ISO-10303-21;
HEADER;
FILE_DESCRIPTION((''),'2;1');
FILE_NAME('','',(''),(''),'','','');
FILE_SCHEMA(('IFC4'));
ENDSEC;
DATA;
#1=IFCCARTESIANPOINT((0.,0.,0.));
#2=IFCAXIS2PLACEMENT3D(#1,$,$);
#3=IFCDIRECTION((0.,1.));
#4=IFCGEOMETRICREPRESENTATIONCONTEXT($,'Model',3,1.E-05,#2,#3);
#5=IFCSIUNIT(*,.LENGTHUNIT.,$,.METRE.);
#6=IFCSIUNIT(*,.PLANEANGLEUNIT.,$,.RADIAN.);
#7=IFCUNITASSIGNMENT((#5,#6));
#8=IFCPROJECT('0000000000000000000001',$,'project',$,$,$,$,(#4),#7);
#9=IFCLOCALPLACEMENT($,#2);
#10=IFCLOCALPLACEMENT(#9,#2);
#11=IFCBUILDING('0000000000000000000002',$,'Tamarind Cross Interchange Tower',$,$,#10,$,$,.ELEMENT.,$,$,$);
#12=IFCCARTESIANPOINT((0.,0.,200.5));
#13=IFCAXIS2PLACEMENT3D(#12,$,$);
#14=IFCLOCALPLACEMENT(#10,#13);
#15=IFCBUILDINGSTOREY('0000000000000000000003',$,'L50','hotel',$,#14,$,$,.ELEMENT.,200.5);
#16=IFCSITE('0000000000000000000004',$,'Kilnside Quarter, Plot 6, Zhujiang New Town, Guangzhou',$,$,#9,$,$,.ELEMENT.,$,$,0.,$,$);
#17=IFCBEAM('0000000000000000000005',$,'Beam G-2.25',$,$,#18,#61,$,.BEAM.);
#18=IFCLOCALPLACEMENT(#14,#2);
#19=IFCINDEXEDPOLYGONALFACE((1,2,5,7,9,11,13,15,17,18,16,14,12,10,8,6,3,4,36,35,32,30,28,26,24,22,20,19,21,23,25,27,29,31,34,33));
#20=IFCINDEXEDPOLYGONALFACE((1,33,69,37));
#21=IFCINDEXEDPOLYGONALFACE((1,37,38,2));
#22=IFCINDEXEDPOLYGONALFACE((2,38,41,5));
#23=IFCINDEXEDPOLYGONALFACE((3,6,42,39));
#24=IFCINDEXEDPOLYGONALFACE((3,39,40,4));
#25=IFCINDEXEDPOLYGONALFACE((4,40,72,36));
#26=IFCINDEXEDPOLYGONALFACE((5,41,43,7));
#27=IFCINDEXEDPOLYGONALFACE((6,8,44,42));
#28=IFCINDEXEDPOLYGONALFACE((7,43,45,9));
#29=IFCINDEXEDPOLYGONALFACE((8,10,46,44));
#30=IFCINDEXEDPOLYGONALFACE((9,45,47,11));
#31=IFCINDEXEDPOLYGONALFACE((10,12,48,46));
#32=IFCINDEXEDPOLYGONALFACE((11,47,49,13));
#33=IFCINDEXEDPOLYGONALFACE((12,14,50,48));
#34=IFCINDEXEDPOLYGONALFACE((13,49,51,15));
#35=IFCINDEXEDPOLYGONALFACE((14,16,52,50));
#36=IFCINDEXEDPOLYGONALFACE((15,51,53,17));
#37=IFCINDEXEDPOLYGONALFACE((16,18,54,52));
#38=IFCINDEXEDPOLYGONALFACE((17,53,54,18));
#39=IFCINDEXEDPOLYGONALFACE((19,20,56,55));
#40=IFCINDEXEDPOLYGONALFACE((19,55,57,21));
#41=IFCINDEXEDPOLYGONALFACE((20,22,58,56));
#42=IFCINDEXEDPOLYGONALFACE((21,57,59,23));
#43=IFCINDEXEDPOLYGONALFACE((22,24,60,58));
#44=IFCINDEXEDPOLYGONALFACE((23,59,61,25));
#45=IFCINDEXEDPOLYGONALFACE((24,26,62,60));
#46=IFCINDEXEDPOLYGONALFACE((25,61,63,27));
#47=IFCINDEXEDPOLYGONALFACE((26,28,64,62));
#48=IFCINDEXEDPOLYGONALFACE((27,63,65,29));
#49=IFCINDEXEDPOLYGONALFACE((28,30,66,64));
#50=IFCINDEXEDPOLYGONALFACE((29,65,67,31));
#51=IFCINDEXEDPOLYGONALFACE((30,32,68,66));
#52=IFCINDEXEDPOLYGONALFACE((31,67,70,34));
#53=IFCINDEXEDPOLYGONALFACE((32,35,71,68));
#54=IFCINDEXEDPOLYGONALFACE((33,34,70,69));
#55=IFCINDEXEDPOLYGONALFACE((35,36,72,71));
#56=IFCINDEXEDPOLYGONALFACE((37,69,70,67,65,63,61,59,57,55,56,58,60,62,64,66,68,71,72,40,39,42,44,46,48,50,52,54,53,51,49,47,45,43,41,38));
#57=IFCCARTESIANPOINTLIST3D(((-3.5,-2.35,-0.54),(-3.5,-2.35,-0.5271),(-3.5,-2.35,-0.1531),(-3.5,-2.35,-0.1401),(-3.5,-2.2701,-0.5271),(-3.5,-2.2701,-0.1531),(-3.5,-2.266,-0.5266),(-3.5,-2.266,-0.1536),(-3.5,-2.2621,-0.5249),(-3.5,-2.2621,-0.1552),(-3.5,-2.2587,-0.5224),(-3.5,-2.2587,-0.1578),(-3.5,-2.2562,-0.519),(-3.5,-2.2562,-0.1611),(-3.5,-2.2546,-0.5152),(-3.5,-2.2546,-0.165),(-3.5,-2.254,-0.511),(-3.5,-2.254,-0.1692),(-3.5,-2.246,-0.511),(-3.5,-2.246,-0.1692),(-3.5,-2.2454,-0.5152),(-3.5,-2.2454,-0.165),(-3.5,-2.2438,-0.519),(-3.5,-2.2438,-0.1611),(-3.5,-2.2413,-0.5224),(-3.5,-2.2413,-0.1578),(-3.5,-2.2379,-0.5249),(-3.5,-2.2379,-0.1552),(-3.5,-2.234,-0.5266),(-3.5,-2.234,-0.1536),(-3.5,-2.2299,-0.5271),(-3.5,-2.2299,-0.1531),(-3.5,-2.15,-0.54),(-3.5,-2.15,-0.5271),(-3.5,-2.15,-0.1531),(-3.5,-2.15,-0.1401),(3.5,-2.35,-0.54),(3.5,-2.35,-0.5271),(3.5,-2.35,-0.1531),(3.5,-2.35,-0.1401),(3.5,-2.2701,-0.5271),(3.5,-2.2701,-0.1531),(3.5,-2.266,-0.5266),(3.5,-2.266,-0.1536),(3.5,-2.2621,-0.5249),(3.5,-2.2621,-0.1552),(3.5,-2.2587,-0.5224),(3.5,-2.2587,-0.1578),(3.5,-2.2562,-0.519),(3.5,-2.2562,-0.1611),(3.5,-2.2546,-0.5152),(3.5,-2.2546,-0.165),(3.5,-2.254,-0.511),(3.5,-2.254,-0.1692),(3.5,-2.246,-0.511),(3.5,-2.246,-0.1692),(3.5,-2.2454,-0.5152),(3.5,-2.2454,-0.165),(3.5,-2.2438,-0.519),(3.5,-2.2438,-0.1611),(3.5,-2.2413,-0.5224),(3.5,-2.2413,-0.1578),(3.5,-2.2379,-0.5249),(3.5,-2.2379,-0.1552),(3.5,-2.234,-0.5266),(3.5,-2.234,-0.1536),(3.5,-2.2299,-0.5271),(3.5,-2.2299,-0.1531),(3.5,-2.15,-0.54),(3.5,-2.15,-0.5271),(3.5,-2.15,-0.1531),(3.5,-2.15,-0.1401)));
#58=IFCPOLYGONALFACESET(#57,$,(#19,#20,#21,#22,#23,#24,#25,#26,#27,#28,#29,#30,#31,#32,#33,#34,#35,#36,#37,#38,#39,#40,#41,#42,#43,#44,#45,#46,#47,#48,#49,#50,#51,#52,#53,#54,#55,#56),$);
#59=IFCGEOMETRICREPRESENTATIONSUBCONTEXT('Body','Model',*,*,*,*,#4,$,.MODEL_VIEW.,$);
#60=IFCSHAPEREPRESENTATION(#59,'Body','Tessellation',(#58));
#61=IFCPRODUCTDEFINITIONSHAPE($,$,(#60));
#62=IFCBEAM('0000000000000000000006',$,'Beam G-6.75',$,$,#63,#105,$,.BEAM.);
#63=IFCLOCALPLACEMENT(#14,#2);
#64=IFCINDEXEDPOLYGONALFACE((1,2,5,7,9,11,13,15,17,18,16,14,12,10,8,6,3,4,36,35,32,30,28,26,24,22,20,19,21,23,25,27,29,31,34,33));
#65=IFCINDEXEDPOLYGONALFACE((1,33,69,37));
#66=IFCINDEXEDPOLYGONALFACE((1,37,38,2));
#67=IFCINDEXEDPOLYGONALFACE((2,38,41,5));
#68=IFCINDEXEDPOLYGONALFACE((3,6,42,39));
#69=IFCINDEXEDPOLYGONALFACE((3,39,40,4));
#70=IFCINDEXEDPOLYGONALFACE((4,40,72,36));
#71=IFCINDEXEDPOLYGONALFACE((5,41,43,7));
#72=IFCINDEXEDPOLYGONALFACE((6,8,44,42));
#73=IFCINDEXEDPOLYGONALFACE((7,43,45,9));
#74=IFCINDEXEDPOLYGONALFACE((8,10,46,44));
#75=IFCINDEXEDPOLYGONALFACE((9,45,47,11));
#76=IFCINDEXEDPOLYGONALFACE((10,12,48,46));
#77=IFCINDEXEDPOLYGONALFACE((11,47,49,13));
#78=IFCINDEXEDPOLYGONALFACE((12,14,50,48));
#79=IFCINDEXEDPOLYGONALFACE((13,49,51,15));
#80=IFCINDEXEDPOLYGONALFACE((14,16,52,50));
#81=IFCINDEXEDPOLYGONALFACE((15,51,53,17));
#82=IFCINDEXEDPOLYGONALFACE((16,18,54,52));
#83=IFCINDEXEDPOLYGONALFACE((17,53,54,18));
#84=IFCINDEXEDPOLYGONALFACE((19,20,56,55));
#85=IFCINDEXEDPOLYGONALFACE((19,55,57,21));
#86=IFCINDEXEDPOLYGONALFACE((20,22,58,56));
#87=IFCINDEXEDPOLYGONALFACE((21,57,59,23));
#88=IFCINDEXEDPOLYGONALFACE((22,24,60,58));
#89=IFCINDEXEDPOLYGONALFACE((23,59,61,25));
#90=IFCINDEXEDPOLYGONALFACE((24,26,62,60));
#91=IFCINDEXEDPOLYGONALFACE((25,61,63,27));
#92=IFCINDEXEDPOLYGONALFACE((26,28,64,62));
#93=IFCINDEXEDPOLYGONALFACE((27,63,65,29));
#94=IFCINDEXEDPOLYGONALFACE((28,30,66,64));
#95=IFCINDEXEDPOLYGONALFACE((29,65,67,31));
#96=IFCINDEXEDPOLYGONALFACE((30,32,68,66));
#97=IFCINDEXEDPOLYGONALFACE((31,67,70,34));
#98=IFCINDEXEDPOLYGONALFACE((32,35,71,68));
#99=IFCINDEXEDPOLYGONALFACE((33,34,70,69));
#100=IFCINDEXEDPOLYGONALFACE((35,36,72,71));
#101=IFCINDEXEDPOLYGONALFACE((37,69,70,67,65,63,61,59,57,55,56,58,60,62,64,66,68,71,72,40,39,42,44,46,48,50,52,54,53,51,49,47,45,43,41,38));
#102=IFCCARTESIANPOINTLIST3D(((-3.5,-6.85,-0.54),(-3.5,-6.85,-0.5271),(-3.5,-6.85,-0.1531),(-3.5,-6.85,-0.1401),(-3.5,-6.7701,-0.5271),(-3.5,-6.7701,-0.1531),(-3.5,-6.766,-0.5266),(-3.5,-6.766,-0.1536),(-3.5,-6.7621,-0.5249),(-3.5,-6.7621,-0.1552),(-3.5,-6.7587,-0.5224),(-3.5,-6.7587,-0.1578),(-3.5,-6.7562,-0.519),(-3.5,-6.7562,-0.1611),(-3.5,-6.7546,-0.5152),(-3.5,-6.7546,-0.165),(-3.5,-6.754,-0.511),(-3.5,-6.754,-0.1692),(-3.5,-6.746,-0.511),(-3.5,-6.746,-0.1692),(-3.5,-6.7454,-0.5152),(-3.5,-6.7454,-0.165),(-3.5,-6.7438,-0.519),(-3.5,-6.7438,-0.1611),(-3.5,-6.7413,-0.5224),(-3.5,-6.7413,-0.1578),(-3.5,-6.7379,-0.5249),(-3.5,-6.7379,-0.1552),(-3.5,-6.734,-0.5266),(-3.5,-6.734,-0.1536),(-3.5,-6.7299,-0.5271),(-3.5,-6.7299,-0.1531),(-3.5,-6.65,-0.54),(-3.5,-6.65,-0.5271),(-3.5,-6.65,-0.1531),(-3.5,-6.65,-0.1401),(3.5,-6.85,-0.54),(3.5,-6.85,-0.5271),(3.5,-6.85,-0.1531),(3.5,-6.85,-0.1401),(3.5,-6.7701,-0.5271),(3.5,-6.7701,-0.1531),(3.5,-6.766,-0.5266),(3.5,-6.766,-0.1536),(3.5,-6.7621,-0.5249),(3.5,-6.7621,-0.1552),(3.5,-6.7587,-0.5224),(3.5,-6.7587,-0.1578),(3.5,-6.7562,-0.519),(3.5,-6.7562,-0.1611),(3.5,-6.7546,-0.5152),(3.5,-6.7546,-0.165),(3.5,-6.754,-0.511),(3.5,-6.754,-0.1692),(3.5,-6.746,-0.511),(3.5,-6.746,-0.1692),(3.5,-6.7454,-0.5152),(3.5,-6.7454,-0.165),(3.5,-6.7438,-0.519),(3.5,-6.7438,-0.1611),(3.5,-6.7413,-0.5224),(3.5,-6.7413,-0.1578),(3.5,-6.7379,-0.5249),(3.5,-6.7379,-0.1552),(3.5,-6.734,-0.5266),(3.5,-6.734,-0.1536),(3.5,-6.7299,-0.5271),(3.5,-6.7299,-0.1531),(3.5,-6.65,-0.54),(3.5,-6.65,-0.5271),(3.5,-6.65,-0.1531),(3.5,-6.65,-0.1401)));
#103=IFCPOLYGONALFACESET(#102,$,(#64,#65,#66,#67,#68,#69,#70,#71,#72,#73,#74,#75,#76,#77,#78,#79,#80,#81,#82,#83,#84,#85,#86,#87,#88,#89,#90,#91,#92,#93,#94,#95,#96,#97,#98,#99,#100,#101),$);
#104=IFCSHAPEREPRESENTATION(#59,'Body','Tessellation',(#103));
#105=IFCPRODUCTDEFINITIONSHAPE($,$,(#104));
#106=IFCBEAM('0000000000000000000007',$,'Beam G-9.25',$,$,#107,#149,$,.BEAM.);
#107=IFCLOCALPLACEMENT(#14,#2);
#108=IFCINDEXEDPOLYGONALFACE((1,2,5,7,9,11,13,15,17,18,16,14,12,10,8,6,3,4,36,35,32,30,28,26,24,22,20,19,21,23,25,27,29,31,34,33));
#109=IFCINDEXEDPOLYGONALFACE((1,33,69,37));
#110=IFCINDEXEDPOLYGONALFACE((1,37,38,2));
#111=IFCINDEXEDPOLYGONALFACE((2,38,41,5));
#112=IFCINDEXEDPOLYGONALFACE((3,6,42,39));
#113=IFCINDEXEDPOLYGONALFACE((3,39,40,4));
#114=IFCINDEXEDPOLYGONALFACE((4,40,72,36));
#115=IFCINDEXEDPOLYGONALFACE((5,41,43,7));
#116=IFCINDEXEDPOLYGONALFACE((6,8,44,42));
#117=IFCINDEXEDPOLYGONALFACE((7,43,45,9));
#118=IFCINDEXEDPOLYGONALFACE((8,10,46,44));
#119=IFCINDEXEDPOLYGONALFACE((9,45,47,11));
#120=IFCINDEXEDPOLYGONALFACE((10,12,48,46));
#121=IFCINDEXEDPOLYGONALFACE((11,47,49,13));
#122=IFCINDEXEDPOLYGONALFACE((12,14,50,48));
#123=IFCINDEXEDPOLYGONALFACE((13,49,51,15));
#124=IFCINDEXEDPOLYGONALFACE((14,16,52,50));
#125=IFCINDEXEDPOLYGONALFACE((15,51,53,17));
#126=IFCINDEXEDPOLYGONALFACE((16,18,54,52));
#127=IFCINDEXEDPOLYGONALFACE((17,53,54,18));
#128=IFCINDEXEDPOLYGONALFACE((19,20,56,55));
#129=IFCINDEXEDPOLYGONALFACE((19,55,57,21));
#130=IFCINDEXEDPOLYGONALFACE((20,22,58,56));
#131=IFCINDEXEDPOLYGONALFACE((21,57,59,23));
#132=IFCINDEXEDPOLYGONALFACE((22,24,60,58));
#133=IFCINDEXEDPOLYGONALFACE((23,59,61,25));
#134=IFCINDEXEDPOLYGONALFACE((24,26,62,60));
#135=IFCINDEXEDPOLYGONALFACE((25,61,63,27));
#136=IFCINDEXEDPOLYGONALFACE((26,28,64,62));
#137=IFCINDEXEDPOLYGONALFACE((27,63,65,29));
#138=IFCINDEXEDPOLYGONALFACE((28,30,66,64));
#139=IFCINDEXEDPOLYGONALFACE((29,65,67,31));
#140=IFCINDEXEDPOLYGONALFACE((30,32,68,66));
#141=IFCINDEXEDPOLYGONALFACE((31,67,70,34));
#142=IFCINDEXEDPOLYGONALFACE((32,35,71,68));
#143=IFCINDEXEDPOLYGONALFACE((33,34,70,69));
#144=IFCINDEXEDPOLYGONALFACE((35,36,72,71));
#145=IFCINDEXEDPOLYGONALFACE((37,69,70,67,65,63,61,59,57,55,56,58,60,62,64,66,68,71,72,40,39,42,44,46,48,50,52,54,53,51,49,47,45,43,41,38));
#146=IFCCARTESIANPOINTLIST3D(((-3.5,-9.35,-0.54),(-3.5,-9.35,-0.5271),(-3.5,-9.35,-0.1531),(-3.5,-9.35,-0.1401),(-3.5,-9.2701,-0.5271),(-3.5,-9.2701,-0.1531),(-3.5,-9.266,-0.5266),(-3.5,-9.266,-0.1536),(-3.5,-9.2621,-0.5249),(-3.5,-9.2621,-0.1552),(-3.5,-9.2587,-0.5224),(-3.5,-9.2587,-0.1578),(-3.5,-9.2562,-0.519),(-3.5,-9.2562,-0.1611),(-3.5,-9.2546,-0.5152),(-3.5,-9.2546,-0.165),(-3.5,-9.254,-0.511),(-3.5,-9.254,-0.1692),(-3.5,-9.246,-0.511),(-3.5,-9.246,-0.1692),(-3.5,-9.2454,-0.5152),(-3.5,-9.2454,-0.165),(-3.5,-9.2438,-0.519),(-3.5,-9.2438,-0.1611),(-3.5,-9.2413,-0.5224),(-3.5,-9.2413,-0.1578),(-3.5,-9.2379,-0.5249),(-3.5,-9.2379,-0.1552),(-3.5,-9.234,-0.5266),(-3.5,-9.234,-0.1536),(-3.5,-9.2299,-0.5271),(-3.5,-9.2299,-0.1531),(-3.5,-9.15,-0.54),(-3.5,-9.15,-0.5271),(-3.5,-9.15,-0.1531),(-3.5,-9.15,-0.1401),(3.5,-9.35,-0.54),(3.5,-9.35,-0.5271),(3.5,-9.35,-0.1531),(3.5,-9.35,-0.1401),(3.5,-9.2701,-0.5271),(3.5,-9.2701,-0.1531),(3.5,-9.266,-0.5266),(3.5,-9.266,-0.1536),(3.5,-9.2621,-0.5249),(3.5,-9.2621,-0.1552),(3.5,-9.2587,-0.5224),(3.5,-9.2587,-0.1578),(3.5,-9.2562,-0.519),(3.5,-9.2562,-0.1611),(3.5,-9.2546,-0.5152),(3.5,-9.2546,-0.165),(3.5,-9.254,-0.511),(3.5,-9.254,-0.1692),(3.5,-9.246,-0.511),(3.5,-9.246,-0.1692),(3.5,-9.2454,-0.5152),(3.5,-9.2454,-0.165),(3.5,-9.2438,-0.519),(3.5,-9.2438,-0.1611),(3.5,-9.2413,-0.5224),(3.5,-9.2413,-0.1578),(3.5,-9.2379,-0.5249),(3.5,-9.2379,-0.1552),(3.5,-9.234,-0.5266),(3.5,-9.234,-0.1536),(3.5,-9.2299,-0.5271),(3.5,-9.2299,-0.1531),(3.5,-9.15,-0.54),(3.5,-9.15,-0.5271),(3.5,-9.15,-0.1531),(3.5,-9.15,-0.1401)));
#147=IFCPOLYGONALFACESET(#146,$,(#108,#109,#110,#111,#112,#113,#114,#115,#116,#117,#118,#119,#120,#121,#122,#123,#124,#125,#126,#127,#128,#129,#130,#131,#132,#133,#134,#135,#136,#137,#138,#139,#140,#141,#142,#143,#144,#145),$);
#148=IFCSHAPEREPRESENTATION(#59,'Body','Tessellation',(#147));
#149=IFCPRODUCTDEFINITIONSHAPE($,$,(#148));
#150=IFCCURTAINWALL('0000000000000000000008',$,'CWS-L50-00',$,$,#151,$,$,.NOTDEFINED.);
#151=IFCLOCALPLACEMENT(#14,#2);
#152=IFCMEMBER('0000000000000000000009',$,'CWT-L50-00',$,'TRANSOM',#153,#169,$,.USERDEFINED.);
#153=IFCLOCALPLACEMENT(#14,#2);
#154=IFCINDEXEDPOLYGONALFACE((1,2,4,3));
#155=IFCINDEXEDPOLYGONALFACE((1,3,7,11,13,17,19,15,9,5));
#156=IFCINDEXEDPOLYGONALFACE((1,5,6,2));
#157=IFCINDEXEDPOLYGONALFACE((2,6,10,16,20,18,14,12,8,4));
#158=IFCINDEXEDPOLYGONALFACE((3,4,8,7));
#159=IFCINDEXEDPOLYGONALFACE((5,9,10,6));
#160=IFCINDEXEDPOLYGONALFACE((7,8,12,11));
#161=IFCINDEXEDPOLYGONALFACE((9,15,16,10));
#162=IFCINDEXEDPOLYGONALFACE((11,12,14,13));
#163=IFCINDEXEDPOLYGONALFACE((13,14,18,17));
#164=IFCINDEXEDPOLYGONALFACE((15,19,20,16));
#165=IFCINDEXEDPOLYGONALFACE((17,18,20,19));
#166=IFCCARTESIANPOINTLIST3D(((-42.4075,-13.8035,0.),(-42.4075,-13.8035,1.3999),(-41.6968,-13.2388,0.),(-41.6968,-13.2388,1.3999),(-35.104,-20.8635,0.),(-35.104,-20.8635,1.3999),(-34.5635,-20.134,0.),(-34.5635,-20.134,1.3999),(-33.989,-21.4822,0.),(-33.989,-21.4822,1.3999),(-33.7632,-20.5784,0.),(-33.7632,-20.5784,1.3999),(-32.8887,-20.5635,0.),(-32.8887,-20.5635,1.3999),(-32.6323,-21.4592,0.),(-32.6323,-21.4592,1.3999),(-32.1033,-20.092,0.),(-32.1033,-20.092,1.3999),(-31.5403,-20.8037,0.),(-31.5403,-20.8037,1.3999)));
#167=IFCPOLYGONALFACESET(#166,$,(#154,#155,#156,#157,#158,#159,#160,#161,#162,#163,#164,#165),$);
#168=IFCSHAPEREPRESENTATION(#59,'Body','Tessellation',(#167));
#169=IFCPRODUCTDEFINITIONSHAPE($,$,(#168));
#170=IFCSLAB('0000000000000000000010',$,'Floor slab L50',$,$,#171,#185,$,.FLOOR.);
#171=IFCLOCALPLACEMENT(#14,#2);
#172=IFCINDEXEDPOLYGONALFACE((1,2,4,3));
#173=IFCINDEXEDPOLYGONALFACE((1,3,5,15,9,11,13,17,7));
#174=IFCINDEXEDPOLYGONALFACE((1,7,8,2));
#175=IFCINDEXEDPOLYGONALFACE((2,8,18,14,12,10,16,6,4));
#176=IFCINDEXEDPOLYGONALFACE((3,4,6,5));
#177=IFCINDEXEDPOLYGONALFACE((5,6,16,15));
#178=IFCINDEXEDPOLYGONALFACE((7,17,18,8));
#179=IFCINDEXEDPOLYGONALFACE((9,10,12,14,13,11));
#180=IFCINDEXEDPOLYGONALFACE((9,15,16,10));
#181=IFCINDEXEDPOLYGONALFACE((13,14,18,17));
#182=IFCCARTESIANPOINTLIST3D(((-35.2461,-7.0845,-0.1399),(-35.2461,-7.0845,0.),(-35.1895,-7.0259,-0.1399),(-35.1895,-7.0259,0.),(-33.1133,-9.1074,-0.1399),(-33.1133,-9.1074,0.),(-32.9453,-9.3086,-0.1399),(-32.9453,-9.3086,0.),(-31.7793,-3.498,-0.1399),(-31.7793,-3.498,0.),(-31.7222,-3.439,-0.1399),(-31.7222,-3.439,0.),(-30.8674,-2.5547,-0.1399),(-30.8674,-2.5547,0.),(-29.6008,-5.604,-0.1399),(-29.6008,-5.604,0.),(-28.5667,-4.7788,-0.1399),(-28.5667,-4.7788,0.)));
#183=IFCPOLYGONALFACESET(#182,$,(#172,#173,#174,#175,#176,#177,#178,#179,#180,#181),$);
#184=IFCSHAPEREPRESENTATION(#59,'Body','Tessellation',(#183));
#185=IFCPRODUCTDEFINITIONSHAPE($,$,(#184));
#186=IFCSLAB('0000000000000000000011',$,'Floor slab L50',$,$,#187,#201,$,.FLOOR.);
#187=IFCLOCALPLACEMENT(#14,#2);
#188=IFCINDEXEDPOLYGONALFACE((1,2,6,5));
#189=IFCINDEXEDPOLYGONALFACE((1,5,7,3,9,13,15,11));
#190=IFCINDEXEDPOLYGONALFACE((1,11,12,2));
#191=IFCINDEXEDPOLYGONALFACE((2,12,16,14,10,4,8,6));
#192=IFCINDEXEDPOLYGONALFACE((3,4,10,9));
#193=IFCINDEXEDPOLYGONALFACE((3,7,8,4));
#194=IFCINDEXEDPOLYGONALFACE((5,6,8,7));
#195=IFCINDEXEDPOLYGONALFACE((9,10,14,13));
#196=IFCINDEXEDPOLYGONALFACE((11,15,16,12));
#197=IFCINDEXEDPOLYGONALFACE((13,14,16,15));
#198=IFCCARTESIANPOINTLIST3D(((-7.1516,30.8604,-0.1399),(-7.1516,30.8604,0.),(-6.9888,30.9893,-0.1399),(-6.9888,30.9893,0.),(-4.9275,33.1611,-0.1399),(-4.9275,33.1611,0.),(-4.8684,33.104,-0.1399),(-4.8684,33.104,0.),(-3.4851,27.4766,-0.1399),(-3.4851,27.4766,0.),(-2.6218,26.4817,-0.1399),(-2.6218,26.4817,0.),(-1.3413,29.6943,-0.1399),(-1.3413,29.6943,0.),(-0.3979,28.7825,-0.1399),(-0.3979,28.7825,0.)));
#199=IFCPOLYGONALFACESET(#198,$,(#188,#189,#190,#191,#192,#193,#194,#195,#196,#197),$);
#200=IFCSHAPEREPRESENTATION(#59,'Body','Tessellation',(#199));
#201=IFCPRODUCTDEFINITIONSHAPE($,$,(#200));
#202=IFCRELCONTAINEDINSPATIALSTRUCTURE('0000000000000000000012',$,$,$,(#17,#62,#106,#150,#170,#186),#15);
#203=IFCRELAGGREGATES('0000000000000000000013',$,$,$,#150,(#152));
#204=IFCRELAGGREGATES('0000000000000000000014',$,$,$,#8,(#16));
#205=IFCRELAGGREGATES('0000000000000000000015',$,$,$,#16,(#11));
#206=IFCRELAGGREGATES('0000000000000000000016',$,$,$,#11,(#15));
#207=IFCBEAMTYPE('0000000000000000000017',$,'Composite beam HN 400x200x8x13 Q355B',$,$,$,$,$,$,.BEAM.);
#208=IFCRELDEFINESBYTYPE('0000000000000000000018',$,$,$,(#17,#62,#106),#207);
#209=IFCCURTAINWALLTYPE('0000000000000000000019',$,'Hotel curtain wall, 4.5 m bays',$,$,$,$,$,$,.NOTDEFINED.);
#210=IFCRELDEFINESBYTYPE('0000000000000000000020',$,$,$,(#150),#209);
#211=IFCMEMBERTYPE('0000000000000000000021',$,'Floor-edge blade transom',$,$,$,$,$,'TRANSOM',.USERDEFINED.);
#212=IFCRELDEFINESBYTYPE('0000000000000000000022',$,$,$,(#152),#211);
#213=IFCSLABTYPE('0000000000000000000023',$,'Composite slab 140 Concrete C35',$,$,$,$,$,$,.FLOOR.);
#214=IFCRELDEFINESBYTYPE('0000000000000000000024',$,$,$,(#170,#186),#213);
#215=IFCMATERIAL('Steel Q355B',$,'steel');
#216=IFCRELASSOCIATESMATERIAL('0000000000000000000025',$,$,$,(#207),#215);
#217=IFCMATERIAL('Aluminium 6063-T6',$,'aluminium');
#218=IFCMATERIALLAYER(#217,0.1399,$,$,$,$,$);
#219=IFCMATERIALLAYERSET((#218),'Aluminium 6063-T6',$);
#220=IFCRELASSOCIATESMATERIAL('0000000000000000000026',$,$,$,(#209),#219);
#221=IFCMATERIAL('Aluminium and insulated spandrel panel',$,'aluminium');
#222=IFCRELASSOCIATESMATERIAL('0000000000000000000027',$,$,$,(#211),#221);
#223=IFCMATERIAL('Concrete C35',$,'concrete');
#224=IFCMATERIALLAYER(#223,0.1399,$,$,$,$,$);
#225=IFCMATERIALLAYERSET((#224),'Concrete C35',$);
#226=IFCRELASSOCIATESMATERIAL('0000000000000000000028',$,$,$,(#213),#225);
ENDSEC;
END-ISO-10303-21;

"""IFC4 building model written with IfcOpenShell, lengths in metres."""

from ifc_helpers import new_model, si_unit, direction, frame, origin, origin_2d, place, context, subcontext, project, spatial, polyline, i_section, outline, extrude, material, layer, layer_set, material_profile, profile_set, type_object, element, aggregate, save


model = new_model("IFC4")

# Units and contexts
model_context = context("Model", 3, precision=1e-05, world=origin(), true_north=direction((0.0, 1.0)))
body_context = subcontext(model_context, "Body", "Model", "MODEL_VIEW")
ifc_project = project(units=[si_unit("LENGTHUNIT", "METRE"), si_unit("PLANEANGLEUNIT", "RADIAN")], contexts=[model_context])

# Site, building, storey
site_placement = place(None, origin())
site = spatial("IfcSite", under=ifc_project, at=site_placement, Name="Kilnside Quarter, Plot 6, Zhujiang New Town, Guangzhou", CompositionType="ELEMENT", RefElevation=0.0)
building_placement = place(site_placement, origin())
building = spatial("IfcBuilding", under=site, at=building_placement, Name="Tamarind Cross Interchange Tower", CompositionType="ELEMENT")
storey_placement = place(building_placement, frame((0.0, 0.0, 200.5)))
storey = spatial("IfcBuildingStorey", under=building, at=storey_placement, Name="L50", Description="hotel", CompositionType="ELEMENT", Elevation=200.5)

# Beams
ifc_material_1 = material(Name="Steel Q355B", Category="steel")
ifc_material_profile = material_profile(ifc_material_1, i_section(OverallWidth=0.2, OverallDepth=0.3999, WebThickness=0.0081, FlangeThickness=0.0129, FilletRadius=0.0161, at=origin_2d()), Name="HN 400x200x8x13")
ifc_profile_set = profile_set([ifc_material_profile], Name="Steel Q355B")
beam_type = type_object("IfcBeamType", Name="Composite beam HN 400x200x8x13 Q355B", PredefinedType="BEAM", material=ifc_profile_set)
for number, where, z_axis, x_axis, name in (
    (1, (-3.5, -2.25, -0.3401), (1.0, 0.0, 0.0), (0.0, 1.0, 0.0), "Beam G-2.25"),
    (2, (-3.5, -6.75, -0.3401), (1.0, 0.0, 0.0), (0.0, 1.0, 0.0), "Beam G-6.75"),
    (3, (-3.5, -9.25, -0.3401), (1.0, 0.0, 0.0), (0.0, 1.0, 0.0), "Beam G-9.25"),
):
    element("IfcBeam", number, at=place(storey_placement, frame(where, z_axis=z_axis, x_axis=x_axis)), inside=storey, type_object=beam_type, Name=name, PredefinedType="BEAM", context=body_context, shape_type="SweptSolid", body=[
        extrude(i_section(OverallWidth=0.2, OverallDepth=0.3999, WebThickness=0.0081, FlangeThickness=0.0129, FilletRadius=0.0161, at=origin_2d()), origin(), (0.0, 0.0, 1.0), 7.0),
    ])

# Curtain wall, member
ifc_material_2 = material(Name="Aluminium 6063-T6", Category="aluminium")
ifc_layer_1 = layer(ifc_material_2, 0.1399)
ifc_layer_set_1 = layer_set([ifc_layer_1], Name="Aluminium 6063-T6")
curtain_wall_type = type_object("IfcCurtainWallType", Name="Hotel curtain wall, 4.5 m bays", PredefinedType="NOTDEFINED", material=ifc_layer_set_1)
curtain_wall_placement = place(storey_placement, origin())
curtain_wall = element("IfcCurtainWall", 4, at=curtain_wall_placement, inside=storey, type_object=curtain_wall_type, Name="CWS-L50-00", PredefinedType="NOTDEFINED")
ifc_material_3 = material(Name="Aluminium and insulated spandrel panel", Category="aluminium")
member_type = type_object("IfcMemberType", Name="Floor-edge blade transom", ElementType="TRANSOM", PredefinedType="USERDEFINED", material=ifc_material_3)
member_placement = place(storey_placement, origin())
member = element("IfcMember", 5, at=member_placement, type_object=member_type, Name="CWT-L50-00", ObjectType="TRANSOM", PredefinedType="USERDEFINED", context=body_context, shape_type="SweptSolid", body=[
    extrude(outline(polyline([(-41.6968, -13.2388), (-34.5635, -20.134), (-33.7632, -20.5784), (-32.8887, -20.5635), (-32.1033, -20.092), (-31.5403, -20.8037), (-32.6323, -21.4592), (-33.989, -21.4822), (-35.104, -20.8635), (-42.4075, -13.8035), (-41.6968, -13.2388)])), origin(), (0.0, 0.0, 1.0), 1.3999),
])

# Slabs
ifc_material_4 = material(Name="Concrete C35", Category="concrete")
ifc_layer_2 = layer(ifc_material_4, 0.1399)
ifc_layer_set_2 = layer_set([ifc_layer_2], Name="Concrete C35")
slab_type = type_object("IfcSlabType", Name="Composite slab 140 Concrete C35", PredefinedType="FLOOR", material=ifc_layer_set_2)
slab_1_placement = place(storey_placement, frame((0.0, 0.0, -0.1399)))
element("IfcSlab", 6, at=slab_1_placement, inside=storey, type_object=slab_type, Name="Floor slab L50", PredefinedType="FLOOR", context=body_context, shape_type="SweptSolid", body=[
    extrude(outline(polyline([(-35.2461, -7.0845), (-32.9453, -9.3086), (-28.5667, -4.7788), (-30.8674, -2.5547), (-31.7222, -3.439), (-31.7793, -3.498), (-29.6008, -5.604), (-33.1133, -9.1074), (-35.1895, -7.0259), (-35.2461, -7.0845)])), origin(), (0.0, 0.0, 1.0), 0.1399),
])
slab_2_placement = place(storey_placement, frame((0.0, 0.0, -0.1399)))
element("IfcSlab", 7, at=slab_2_placement, inside=storey, type_object=slab_type, Name="Floor slab L50", PredefinedType="FLOOR", context=body_context, shape_type="SweptSolid", body=[
    extrude(outline(polyline([(-4.9275, 33.1611), (-7.1516, 30.8604), (-2.6218, 26.4817), (-0.3979, 28.7825), (-1.3413, 29.6943), (-3.4851, 27.4766), (-6.9888, 30.9893), (-4.8684, 33.104), (-4.9275, 33.1611)])), origin(), (0.0, 0.0, 1.0), 0.1399),
])

aggregate(curtain_wall, [member])

save(model, "model.ifc")
